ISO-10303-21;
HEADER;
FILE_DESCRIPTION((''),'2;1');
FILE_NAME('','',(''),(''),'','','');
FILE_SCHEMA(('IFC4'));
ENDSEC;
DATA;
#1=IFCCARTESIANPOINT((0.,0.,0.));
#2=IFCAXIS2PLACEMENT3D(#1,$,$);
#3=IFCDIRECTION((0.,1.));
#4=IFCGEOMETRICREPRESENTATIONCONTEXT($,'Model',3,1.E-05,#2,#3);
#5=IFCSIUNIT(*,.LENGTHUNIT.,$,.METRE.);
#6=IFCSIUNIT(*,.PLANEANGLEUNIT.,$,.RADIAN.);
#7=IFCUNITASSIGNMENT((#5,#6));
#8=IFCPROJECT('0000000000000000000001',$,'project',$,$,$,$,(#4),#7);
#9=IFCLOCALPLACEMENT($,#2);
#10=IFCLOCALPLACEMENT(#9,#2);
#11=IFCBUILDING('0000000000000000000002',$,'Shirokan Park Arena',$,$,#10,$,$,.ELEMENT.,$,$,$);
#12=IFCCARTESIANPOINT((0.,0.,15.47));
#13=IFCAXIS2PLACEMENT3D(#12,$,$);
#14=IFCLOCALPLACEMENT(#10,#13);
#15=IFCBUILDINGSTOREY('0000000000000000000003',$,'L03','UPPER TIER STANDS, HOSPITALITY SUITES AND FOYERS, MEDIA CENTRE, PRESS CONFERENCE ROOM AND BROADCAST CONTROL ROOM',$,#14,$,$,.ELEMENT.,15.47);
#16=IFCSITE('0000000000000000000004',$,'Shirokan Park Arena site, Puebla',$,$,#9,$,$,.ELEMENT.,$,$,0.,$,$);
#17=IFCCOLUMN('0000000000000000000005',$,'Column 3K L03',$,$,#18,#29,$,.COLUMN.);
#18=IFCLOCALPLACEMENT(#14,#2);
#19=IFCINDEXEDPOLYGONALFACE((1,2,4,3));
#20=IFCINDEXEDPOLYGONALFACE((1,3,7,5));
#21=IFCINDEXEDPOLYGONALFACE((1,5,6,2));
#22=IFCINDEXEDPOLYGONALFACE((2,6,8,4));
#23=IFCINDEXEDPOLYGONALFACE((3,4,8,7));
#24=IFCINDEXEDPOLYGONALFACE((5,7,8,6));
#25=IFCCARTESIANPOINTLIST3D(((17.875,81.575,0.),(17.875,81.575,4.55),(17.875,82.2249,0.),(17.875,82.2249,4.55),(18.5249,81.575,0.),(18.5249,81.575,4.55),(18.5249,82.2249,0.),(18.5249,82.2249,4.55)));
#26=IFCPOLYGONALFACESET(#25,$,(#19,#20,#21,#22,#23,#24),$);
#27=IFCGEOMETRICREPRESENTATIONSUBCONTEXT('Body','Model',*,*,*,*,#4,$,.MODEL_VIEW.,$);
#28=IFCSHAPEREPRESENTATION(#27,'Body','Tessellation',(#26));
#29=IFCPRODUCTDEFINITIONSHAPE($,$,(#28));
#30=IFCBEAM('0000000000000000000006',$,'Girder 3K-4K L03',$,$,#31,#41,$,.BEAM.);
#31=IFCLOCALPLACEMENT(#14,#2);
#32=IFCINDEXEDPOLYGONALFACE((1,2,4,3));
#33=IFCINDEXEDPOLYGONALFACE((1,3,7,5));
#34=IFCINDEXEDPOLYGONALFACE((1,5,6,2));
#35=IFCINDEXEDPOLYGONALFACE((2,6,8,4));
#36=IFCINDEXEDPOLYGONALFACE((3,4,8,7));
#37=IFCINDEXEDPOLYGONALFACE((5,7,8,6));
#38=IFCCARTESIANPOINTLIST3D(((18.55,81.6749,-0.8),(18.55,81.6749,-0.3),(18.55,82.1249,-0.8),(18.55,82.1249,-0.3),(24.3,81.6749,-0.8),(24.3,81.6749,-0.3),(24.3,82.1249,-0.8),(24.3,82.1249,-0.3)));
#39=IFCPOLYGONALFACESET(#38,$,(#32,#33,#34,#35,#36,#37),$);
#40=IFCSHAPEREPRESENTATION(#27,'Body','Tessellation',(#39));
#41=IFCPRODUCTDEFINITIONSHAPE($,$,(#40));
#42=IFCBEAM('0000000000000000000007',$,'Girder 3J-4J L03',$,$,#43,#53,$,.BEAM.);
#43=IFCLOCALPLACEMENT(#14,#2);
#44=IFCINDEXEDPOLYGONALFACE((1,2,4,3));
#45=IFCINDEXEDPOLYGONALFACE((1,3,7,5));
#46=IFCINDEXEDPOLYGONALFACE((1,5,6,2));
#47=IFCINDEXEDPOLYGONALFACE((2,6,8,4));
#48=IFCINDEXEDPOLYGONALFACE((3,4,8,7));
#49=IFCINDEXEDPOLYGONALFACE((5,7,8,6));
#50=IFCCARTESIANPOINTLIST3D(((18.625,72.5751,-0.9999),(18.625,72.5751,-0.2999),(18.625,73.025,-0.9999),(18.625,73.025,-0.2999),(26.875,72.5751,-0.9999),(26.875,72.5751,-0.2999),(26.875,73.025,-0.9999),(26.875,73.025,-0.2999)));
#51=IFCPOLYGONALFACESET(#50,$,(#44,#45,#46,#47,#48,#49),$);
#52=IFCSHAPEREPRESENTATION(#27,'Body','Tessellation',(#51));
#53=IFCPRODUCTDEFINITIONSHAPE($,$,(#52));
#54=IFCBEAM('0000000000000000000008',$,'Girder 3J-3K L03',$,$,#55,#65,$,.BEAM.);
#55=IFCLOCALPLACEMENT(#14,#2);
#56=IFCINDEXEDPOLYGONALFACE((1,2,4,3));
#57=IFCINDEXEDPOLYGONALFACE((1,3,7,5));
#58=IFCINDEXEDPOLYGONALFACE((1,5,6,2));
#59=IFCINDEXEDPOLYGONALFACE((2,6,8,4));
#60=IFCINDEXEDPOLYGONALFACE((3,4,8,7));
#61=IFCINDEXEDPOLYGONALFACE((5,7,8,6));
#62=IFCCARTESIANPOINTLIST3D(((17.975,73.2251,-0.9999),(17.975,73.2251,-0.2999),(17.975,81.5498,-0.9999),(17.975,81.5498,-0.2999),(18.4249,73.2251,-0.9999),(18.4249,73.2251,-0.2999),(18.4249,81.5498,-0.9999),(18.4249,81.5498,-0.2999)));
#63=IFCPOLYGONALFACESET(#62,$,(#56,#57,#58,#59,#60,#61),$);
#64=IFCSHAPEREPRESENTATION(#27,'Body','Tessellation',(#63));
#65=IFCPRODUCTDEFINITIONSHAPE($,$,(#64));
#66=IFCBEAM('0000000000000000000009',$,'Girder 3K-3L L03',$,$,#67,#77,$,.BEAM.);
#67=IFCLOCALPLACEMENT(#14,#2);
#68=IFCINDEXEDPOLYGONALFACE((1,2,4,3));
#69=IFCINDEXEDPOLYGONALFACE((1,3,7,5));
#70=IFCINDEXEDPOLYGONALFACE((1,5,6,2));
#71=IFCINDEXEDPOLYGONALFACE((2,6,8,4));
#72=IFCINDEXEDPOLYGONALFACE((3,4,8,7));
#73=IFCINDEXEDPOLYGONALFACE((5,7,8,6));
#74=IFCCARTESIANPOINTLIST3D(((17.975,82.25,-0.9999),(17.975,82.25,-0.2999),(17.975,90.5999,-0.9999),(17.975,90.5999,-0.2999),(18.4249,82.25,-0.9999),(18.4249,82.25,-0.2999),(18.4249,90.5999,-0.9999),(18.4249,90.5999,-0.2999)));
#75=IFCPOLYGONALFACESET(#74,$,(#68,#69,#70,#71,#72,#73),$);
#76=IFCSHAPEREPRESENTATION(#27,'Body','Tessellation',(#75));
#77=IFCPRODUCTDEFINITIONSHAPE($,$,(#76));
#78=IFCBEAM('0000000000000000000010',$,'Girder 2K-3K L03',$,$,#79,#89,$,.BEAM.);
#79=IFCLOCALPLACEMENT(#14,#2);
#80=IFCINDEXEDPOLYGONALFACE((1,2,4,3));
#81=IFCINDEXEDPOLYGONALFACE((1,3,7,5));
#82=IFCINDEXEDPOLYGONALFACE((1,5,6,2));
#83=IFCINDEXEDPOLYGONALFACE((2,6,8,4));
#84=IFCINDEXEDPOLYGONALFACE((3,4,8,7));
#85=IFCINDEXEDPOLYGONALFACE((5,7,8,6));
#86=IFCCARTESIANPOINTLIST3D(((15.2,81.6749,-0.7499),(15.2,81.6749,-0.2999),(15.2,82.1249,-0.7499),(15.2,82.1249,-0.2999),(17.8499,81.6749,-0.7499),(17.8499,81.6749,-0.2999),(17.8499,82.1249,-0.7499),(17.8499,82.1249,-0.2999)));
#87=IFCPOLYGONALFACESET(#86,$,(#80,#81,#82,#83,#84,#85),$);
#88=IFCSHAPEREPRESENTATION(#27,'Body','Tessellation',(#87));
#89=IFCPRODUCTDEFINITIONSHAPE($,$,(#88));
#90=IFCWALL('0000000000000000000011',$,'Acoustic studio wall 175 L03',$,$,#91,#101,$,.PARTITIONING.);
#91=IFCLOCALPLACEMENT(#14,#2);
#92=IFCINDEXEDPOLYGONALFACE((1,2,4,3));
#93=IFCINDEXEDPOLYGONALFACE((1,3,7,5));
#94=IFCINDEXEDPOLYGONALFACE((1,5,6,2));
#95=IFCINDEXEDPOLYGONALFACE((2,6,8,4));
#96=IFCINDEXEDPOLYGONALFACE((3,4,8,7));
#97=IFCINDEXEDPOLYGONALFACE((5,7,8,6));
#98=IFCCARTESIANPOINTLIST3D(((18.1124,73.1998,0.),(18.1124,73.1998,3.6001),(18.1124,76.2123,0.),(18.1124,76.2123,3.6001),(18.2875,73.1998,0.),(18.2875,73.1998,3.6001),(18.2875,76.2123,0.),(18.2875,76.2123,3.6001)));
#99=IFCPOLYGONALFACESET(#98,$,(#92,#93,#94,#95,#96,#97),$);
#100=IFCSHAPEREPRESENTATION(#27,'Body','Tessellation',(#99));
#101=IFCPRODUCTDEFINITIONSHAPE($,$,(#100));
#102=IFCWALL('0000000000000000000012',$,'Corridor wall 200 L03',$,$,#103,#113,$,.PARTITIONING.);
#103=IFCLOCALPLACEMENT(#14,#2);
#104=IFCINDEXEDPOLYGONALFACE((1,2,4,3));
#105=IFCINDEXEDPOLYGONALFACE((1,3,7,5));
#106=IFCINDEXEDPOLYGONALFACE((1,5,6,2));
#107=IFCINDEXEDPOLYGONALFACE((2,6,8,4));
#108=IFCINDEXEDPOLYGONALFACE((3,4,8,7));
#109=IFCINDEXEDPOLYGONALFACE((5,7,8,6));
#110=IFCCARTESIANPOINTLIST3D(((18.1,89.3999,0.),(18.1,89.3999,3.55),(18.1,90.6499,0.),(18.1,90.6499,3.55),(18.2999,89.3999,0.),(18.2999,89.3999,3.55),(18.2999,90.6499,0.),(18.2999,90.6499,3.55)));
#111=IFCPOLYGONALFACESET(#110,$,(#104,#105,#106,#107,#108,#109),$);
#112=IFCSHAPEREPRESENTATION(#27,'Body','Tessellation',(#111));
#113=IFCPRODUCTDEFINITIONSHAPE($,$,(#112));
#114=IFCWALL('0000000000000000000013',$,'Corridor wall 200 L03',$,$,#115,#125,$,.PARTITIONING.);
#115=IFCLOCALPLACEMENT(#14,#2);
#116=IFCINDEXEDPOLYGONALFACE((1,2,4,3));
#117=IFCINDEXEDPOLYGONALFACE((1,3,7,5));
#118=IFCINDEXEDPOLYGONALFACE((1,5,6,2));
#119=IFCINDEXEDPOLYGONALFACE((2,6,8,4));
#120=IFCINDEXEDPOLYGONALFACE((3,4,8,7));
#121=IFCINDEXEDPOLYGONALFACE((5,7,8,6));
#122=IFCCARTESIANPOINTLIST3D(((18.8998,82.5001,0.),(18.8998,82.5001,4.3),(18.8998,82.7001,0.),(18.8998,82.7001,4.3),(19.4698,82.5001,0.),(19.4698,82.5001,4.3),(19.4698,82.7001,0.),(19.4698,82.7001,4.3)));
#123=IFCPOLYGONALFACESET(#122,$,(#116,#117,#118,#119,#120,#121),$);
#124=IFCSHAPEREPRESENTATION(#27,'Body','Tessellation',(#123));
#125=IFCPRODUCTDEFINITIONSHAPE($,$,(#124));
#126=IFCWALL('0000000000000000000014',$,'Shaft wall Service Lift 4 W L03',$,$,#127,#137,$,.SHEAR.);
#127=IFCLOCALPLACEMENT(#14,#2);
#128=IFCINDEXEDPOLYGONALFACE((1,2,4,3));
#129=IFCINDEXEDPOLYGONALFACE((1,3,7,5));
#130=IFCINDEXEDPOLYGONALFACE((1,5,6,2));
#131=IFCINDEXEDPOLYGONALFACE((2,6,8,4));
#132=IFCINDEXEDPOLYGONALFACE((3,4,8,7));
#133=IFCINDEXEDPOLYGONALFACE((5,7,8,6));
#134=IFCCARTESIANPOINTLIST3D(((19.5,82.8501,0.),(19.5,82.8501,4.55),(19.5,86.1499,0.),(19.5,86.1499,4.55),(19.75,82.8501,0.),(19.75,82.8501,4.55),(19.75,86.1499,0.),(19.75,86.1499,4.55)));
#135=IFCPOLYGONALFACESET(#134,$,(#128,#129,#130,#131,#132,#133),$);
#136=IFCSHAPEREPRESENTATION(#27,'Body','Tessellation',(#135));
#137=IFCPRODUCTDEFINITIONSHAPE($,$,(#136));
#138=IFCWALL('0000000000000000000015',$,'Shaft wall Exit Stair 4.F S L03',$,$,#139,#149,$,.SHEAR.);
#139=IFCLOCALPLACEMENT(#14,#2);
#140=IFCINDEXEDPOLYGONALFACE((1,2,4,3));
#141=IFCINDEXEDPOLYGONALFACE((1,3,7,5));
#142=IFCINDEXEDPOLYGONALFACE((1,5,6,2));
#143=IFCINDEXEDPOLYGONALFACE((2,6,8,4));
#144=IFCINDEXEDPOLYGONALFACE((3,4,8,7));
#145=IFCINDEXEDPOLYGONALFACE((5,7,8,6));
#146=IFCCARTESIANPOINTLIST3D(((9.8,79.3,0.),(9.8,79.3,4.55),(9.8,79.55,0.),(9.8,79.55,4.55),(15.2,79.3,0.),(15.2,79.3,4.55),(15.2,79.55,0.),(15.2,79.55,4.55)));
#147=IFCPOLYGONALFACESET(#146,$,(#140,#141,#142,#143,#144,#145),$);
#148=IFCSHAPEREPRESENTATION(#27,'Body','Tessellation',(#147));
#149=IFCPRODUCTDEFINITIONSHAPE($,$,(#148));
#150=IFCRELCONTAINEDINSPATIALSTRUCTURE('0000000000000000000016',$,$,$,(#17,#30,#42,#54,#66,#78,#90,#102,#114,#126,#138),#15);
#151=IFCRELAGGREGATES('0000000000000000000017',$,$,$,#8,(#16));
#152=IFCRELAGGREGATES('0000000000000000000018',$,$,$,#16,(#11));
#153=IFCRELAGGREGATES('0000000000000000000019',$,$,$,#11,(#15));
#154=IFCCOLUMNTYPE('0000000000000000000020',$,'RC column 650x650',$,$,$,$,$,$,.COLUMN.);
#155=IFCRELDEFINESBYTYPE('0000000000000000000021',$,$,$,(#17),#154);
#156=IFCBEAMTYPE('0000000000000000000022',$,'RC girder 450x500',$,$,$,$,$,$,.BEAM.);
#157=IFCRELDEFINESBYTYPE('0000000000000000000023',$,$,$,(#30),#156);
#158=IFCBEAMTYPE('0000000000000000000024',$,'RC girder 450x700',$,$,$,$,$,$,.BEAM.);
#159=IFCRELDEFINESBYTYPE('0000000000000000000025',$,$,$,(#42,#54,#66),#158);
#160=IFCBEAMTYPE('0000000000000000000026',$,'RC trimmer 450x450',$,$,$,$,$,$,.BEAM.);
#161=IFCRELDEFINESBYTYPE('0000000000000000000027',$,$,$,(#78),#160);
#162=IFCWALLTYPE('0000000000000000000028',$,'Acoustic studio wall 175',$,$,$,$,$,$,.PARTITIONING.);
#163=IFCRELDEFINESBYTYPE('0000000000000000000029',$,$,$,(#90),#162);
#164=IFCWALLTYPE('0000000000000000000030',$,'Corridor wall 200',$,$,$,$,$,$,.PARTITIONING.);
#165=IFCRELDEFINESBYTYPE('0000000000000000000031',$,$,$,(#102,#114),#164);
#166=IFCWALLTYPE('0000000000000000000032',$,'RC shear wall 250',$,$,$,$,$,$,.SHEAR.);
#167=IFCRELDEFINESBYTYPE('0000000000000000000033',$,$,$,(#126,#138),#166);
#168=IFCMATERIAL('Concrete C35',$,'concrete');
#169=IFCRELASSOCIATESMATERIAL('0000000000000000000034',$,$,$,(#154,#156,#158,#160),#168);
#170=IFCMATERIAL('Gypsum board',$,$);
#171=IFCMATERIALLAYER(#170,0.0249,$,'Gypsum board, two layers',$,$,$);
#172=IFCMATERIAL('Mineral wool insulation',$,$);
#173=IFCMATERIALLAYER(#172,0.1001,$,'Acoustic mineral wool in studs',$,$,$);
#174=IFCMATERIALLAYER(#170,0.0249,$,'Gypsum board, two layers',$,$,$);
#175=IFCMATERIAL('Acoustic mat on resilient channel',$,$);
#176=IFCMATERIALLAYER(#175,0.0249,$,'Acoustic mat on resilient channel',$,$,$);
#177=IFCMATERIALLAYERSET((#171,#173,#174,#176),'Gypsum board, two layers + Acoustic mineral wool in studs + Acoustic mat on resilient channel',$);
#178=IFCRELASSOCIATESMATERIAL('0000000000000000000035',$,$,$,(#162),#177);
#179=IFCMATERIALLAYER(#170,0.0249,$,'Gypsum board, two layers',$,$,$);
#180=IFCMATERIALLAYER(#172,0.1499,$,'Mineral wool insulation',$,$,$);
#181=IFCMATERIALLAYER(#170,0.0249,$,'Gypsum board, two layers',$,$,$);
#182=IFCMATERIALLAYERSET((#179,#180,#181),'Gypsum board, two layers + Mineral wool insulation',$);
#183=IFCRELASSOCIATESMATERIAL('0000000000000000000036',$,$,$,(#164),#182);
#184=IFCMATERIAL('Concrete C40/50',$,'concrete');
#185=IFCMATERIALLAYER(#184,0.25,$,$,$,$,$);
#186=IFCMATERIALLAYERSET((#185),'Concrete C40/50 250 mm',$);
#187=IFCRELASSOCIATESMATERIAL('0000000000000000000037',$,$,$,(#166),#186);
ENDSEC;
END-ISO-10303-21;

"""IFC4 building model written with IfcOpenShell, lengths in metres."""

from ifc_helpers import new_model, si_unit, direction, frame, frame_2d, origin, origin_2d, place, context, subcontext, project, spatial, rectangle, extrude, material, layer, layer_set, material_profile, profile_set, type_object, element, save


model = new_model("IFC4")

# Units and contexts
model_context = context("Model", 3, precision=1e-05, world=origin(), true_north=direction((0.0, 1.0)))
body_context = subcontext(model_context, "Body", "Model", "MODEL_VIEW")
ifc_project = project(units=[si_unit("LENGTHUNIT", "METRE"), si_unit("PLANEANGLEUNIT", "RADIAN")], contexts=[model_context])

# Site, building, storey
site_placement = place(None, origin())
site = spatial("IfcSite", under=ifc_project, at=site_placement, Name="Shirokan Park Arena site, Puebla", CompositionType="ELEMENT", RefElevation=0.0)
building_placement = place(site_placement, origin())
building = spatial("IfcBuilding", under=site, at=building_placement, Name="Shirokan Park Arena", CompositionType="ELEMENT")
storey_placement = place(building_placement, frame((0.0, 0.0, 15.47)))
storey = spatial("IfcBuildingStorey", under=building, at=storey_placement, Name="L03", Description="UPPER TIER STANDS, HOSPITALITY SUITES AND FOYERS, MEDIA CENTRE, PRESS CONFERENCE ROOM AND BROADCAST CONTROL ROOM", CompositionType="ELEMENT", Elevation=15.47)

# Column
ifc_material_1 = material(Name="Concrete C35", Category="concrete")
ifc_material_profile_1 = material_profile(ifc_material_1, rectangle(XDim=0.6499, YDim=0.6499, at=origin_2d()), Name="650x650")
ifc_profile_set_1 = profile_set([ifc_material_profile_1], Name="Concrete C35")
column_type = type_object("IfcColumnType", Name="RC column 650x650", PredefinedType="COLUMN", material=ifc_profile_set_1)
column_placement = place(storey_placement, frame((18.2, 81.8999, 0.0), z_axis=(0.0, 0.0, 1.0), x_axis=(1.0, 0.0, 0.0)))
element("IfcColumn", 1, at=column_placement, inside=storey, type_object=column_type, Name="Column 3K L03", PredefinedType="COLUMN", context=body_context, shape_type="SweptSolid", body=[
    extrude(rectangle(XDim=0.6499, YDim=0.6499, at=origin_2d()), origin(), (0.0, 0.0, 1.0), 4.55),
])

# Beams
ifc_material_profile_2 = material_profile(ifc_material_1, rectangle(XDim=0.45, YDim=0.5, at=origin_2d()), Name="450x500")
ifc_profile_set_2 = profile_set([ifc_material_profile_2], Name="Concrete C35")
beam_type_1 = type_object("IfcBeamType", Name="RC girder 450x500", PredefinedType="BEAM", material=ifc_profile_set_2)
beam_1_placement = place(storey_placement, frame((18.55, 81.8999, -0.55), z_axis=(1.0, 0.0, 0.0), x_axis=(0.0, 1.0, 0.0)))
element("IfcBeam", 2, at=beam_1_placement, inside=storey, type_object=beam_type_1, Name="Girder 3K-4K L03", PredefinedType="BEAM", context=body_context, shape_type="SweptSolid", body=[
    extrude(rectangle(XDim=0.45, YDim=0.5, at=origin_2d()), origin(), (0.0, 0.0, 1.0), 5.75),
])
ifc_material_profile_3 = material_profile(ifc_material_1, rectangle(XDim=0.45, YDim=0.7, at=origin_2d()), Name="450x700")
ifc_profile_set_3 = profile_set([ifc_material_profile_3], Name="Concrete C35")
beam_type_2 = type_object("IfcBeamType", Name="RC girder 450x700", PredefinedType="BEAM", material=ifc_profile_set_3)
beam_2_placement = place(storey_placement, frame((18.625, 72.8, -0.6499), z_axis=(1.0, 0.0, 0.0), x_axis=(0.0, 1.0, 0.0)))
element("IfcBeam", 3, at=beam_2_placement, inside=storey, type_object=beam_type_2, Name="Girder 3J-4J L03", PredefinedType="BEAM", context=body_context, shape_type="SweptSolid", body=[
    extrude(rectangle(XDim=0.45, YDim=0.7, at=origin_2d()), origin(), (0.0, 0.0, 1.0), 8.25),
])
beam_3_placement = place(storey_placement, frame((18.2, 73.2251, -0.6499), z_axis=(0.0, 1.0, 0.0), x_axis=(-1.0, 0.0, 0.0)))
element("IfcBeam", 4, at=beam_3_placement, inside=storey, type_object=beam_type_2, Name="Girder 3J-3K L03", PredefinedType="BEAM", context=body_context, shape_type="SweptSolid", body=[
    extrude(rectangle(XDim=0.45, YDim=0.7, at=origin_2d()), origin(), (0.0, 0.0, 1.0), 8.3247),
])
beam_4_placement = place(storey_placement, frame((18.2, 82.25, -0.6499), z_axis=(0.0, 1.0, 0.0), x_axis=(-1.0, 0.0, 0.0)))
element("IfcBeam", 5, at=beam_4_placement, inside=storey, type_object=beam_type_2, Name="Girder 3K-3L L03", PredefinedType="BEAM", context=body_context, shape_type="SweptSolid", body=[
    extrude(rectangle(XDim=0.45, YDim=0.7, at=origin_2d()), origin(), (0.0, 0.0, 1.0), 8.3499),
])
ifc_material_profile_4 = material_profile(ifc_material_1, rectangle(XDim=0.45, YDim=0.45, at=origin_2d()), Name="450x450")
ifc_profile_set_4 = profile_set([ifc_material_profile_4], Name="Concrete C35")
beam_type_3 = type_object("IfcBeamType", Name="RC trimmer 450x450", PredefinedType="BEAM", material=ifc_profile_set_4)
beam_5_placement = place(storey_placement, frame((15.2, 81.8999, -0.5249), z_axis=(1.0, 0.0, 0.0), x_axis=(0.0, 1.0, 0.0)))
element("IfcBeam", 6, at=beam_5_placement, inside=storey, type_object=beam_type_3, Name="Girder 2K-3K L03", PredefinedType="BEAM", context=body_context, shape_type="SweptSolid", body=[
    extrude(rectangle(XDim=0.45, YDim=0.45, at=origin_2d()), origin(), (0.0, 0.0, 1.0), 2.6499),
])

# Walls
ifc_material_2 = material(Name="Gypsum board")
ifc_layer_1 = layer(ifc_material_2, 0.0249, Name="Gypsum board, two layers")
ifc_material_3 = material(Name="Mineral wool insulation")
ifc_layer_2 = layer(ifc_material_3, 0.1001, Name="Acoustic mineral wool in studs")
ifc_layer_3 = layer(ifc_material_2, 0.0249, Name="Gypsum board, two layers")
ifc_material_4 = material(Name="Acoustic mat on resilient channel")
ifc_layer_4 = layer(ifc_material_4, 0.0249, Name="Acoustic mat on resilient channel")
ifc_layer_set_1 = layer_set([ifc_layer_1, ifc_layer_2, ifc_layer_3, ifc_layer_4], Name="Gypsum board, two layers + Acoustic mineral wool in studs + Acoustic mat on resilient channel")
wall_type_1 = type_object("IfcWallType", Name="Acoustic studio wall 175", PredefinedType="PARTITIONING", material=ifc_layer_set_1)
wall_1_placement = place(storey_placement, frame((18.2, 76.2124, 0.0), z_axis=(0.0, 0.0, 1.0), x_axis=(0.0, -1.0, 0.0)))
element("IfcWall", 7, at=wall_1_placement, inside=storey, type_object=wall_type_1, Name="Acoustic studio wall 175 L03", PredefinedType="PARTITIONING", context=body_context, shape_type="SweptSolid", body=[
    extrude(rectangle(XDim=3.0125, YDim=0.175, at=frame_2d((1.5063, 0.0))), origin(), (0.0, 0.0, 1.0), 3.6001),
])
ifc_layer_5 = layer(ifc_material_2, 0.0249, Name="Gypsum board, two layers")
ifc_layer_6 = layer(ifc_material_3, 0.1499, Name="Mineral wool insulation")
ifc_layer_7 = layer(ifc_material_2, 0.0249, Name="Gypsum board, two layers")
ifc_layer_set_2 = layer_set([ifc_layer_5, ifc_layer_6, ifc_layer_7], Name="Gypsum board, two layers + Mineral wool insulation")
wall_type_2 = type_object("IfcWallType", Name="Corridor wall 200", PredefinedType="PARTITIONING", material=ifc_layer_set_2)
wall_2_placement = place(storey_placement, frame((18.2, 90.6499, 0.0), z_axis=(0.0, 0.0, 1.0), x_axis=(0.0, -1.0, 0.0)))
element("IfcWall", 8, at=wall_2_placement, inside=storey, type_object=wall_type_2, Name="Corridor wall 200 L03", PredefinedType="PARTITIONING", context=body_context, shape_type="SweptSolid", body=[
    extrude(rectangle(XDim=1.25, YDim=0.2, at=frame_2d((0.625, 0.0))), origin(), (0.0, 0.0, 1.0), 3.55),
])
wall_3_placement = place(storey_placement, frame((19.47, 82.6001, 0.0), z_axis=(0.0, 0.0, 1.0), x_axis=(-1.0, 0.0, 0.0)))
element("IfcWall", 9, at=wall_3_placement, inside=storey, type_object=wall_type_2, Name="Corridor wall 200 L03", PredefinedType="PARTITIONING", context=body_context, shape_type="SweptSolid", body=[
    extrude(rectangle(XDim=0.5701, YDim=0.2, at=frame_2d((0.2852, 0.0))), origin(), (0.0, 0.0, 1.0), 4.3),
])
ifc_material_5 = material(Name="Concrete C40/50", Category="concrete")
ifc_layer_8 = layer(ifc_material_5, 0.25)
ifc_layer_set_3 = layer_set([ifc_layer_8], Name="Concrete C40/50 250 mm")
wall_type_3 = type_object("IfcWallType", Name="RC shear wall 250", PredefinedType="SHEAR", material=ifc_layer_set_3)
wall_4_placement = place(storey_placement, frame((19.625, 86.1499, 0.0), z_axis=(0.0, 0.0, 1.0), x_axis=(0.0, -1.0, 0.0)))
element("IfcWall", 10, at=wall_4_placement, inside=storey, type_object=wall_type_3, Name="Shaft wall Service Lift 4 W L03", PredefinedType="SHEAR", context=body_context, shape_type="SweptSolid", body=[
    extrude(rectangle(XDim=3.2998, YDim=0.25, at=frame_2d((1.6499, 0.0))), origin(), (0.0, 0.0, 1.0), 4.55),
])
wall_5_placement = place(storey_placement, frame((15.2, 79.425, 0.0), z_axis=(0.0, 0.0, 1.0), x_axis=(-1.0, 0.0, 0.0)))
element("IfcWall", 11, at=wall_5_placement, inside=storey, type_object=wall_type_3, Name="Shaft wall Exit Stair 4.F S L03", PredefinedType="SHEAR", context=body_context, shape_type="SweptSolid", body=[
    extrude(rectangle(XDim=5.3999, YDim=0.25, at=frame_2d((2.7, 0.0))), origin(), (0.0, 0.0, 1.0), 4.55),
])

save(model, "model.ifc")
